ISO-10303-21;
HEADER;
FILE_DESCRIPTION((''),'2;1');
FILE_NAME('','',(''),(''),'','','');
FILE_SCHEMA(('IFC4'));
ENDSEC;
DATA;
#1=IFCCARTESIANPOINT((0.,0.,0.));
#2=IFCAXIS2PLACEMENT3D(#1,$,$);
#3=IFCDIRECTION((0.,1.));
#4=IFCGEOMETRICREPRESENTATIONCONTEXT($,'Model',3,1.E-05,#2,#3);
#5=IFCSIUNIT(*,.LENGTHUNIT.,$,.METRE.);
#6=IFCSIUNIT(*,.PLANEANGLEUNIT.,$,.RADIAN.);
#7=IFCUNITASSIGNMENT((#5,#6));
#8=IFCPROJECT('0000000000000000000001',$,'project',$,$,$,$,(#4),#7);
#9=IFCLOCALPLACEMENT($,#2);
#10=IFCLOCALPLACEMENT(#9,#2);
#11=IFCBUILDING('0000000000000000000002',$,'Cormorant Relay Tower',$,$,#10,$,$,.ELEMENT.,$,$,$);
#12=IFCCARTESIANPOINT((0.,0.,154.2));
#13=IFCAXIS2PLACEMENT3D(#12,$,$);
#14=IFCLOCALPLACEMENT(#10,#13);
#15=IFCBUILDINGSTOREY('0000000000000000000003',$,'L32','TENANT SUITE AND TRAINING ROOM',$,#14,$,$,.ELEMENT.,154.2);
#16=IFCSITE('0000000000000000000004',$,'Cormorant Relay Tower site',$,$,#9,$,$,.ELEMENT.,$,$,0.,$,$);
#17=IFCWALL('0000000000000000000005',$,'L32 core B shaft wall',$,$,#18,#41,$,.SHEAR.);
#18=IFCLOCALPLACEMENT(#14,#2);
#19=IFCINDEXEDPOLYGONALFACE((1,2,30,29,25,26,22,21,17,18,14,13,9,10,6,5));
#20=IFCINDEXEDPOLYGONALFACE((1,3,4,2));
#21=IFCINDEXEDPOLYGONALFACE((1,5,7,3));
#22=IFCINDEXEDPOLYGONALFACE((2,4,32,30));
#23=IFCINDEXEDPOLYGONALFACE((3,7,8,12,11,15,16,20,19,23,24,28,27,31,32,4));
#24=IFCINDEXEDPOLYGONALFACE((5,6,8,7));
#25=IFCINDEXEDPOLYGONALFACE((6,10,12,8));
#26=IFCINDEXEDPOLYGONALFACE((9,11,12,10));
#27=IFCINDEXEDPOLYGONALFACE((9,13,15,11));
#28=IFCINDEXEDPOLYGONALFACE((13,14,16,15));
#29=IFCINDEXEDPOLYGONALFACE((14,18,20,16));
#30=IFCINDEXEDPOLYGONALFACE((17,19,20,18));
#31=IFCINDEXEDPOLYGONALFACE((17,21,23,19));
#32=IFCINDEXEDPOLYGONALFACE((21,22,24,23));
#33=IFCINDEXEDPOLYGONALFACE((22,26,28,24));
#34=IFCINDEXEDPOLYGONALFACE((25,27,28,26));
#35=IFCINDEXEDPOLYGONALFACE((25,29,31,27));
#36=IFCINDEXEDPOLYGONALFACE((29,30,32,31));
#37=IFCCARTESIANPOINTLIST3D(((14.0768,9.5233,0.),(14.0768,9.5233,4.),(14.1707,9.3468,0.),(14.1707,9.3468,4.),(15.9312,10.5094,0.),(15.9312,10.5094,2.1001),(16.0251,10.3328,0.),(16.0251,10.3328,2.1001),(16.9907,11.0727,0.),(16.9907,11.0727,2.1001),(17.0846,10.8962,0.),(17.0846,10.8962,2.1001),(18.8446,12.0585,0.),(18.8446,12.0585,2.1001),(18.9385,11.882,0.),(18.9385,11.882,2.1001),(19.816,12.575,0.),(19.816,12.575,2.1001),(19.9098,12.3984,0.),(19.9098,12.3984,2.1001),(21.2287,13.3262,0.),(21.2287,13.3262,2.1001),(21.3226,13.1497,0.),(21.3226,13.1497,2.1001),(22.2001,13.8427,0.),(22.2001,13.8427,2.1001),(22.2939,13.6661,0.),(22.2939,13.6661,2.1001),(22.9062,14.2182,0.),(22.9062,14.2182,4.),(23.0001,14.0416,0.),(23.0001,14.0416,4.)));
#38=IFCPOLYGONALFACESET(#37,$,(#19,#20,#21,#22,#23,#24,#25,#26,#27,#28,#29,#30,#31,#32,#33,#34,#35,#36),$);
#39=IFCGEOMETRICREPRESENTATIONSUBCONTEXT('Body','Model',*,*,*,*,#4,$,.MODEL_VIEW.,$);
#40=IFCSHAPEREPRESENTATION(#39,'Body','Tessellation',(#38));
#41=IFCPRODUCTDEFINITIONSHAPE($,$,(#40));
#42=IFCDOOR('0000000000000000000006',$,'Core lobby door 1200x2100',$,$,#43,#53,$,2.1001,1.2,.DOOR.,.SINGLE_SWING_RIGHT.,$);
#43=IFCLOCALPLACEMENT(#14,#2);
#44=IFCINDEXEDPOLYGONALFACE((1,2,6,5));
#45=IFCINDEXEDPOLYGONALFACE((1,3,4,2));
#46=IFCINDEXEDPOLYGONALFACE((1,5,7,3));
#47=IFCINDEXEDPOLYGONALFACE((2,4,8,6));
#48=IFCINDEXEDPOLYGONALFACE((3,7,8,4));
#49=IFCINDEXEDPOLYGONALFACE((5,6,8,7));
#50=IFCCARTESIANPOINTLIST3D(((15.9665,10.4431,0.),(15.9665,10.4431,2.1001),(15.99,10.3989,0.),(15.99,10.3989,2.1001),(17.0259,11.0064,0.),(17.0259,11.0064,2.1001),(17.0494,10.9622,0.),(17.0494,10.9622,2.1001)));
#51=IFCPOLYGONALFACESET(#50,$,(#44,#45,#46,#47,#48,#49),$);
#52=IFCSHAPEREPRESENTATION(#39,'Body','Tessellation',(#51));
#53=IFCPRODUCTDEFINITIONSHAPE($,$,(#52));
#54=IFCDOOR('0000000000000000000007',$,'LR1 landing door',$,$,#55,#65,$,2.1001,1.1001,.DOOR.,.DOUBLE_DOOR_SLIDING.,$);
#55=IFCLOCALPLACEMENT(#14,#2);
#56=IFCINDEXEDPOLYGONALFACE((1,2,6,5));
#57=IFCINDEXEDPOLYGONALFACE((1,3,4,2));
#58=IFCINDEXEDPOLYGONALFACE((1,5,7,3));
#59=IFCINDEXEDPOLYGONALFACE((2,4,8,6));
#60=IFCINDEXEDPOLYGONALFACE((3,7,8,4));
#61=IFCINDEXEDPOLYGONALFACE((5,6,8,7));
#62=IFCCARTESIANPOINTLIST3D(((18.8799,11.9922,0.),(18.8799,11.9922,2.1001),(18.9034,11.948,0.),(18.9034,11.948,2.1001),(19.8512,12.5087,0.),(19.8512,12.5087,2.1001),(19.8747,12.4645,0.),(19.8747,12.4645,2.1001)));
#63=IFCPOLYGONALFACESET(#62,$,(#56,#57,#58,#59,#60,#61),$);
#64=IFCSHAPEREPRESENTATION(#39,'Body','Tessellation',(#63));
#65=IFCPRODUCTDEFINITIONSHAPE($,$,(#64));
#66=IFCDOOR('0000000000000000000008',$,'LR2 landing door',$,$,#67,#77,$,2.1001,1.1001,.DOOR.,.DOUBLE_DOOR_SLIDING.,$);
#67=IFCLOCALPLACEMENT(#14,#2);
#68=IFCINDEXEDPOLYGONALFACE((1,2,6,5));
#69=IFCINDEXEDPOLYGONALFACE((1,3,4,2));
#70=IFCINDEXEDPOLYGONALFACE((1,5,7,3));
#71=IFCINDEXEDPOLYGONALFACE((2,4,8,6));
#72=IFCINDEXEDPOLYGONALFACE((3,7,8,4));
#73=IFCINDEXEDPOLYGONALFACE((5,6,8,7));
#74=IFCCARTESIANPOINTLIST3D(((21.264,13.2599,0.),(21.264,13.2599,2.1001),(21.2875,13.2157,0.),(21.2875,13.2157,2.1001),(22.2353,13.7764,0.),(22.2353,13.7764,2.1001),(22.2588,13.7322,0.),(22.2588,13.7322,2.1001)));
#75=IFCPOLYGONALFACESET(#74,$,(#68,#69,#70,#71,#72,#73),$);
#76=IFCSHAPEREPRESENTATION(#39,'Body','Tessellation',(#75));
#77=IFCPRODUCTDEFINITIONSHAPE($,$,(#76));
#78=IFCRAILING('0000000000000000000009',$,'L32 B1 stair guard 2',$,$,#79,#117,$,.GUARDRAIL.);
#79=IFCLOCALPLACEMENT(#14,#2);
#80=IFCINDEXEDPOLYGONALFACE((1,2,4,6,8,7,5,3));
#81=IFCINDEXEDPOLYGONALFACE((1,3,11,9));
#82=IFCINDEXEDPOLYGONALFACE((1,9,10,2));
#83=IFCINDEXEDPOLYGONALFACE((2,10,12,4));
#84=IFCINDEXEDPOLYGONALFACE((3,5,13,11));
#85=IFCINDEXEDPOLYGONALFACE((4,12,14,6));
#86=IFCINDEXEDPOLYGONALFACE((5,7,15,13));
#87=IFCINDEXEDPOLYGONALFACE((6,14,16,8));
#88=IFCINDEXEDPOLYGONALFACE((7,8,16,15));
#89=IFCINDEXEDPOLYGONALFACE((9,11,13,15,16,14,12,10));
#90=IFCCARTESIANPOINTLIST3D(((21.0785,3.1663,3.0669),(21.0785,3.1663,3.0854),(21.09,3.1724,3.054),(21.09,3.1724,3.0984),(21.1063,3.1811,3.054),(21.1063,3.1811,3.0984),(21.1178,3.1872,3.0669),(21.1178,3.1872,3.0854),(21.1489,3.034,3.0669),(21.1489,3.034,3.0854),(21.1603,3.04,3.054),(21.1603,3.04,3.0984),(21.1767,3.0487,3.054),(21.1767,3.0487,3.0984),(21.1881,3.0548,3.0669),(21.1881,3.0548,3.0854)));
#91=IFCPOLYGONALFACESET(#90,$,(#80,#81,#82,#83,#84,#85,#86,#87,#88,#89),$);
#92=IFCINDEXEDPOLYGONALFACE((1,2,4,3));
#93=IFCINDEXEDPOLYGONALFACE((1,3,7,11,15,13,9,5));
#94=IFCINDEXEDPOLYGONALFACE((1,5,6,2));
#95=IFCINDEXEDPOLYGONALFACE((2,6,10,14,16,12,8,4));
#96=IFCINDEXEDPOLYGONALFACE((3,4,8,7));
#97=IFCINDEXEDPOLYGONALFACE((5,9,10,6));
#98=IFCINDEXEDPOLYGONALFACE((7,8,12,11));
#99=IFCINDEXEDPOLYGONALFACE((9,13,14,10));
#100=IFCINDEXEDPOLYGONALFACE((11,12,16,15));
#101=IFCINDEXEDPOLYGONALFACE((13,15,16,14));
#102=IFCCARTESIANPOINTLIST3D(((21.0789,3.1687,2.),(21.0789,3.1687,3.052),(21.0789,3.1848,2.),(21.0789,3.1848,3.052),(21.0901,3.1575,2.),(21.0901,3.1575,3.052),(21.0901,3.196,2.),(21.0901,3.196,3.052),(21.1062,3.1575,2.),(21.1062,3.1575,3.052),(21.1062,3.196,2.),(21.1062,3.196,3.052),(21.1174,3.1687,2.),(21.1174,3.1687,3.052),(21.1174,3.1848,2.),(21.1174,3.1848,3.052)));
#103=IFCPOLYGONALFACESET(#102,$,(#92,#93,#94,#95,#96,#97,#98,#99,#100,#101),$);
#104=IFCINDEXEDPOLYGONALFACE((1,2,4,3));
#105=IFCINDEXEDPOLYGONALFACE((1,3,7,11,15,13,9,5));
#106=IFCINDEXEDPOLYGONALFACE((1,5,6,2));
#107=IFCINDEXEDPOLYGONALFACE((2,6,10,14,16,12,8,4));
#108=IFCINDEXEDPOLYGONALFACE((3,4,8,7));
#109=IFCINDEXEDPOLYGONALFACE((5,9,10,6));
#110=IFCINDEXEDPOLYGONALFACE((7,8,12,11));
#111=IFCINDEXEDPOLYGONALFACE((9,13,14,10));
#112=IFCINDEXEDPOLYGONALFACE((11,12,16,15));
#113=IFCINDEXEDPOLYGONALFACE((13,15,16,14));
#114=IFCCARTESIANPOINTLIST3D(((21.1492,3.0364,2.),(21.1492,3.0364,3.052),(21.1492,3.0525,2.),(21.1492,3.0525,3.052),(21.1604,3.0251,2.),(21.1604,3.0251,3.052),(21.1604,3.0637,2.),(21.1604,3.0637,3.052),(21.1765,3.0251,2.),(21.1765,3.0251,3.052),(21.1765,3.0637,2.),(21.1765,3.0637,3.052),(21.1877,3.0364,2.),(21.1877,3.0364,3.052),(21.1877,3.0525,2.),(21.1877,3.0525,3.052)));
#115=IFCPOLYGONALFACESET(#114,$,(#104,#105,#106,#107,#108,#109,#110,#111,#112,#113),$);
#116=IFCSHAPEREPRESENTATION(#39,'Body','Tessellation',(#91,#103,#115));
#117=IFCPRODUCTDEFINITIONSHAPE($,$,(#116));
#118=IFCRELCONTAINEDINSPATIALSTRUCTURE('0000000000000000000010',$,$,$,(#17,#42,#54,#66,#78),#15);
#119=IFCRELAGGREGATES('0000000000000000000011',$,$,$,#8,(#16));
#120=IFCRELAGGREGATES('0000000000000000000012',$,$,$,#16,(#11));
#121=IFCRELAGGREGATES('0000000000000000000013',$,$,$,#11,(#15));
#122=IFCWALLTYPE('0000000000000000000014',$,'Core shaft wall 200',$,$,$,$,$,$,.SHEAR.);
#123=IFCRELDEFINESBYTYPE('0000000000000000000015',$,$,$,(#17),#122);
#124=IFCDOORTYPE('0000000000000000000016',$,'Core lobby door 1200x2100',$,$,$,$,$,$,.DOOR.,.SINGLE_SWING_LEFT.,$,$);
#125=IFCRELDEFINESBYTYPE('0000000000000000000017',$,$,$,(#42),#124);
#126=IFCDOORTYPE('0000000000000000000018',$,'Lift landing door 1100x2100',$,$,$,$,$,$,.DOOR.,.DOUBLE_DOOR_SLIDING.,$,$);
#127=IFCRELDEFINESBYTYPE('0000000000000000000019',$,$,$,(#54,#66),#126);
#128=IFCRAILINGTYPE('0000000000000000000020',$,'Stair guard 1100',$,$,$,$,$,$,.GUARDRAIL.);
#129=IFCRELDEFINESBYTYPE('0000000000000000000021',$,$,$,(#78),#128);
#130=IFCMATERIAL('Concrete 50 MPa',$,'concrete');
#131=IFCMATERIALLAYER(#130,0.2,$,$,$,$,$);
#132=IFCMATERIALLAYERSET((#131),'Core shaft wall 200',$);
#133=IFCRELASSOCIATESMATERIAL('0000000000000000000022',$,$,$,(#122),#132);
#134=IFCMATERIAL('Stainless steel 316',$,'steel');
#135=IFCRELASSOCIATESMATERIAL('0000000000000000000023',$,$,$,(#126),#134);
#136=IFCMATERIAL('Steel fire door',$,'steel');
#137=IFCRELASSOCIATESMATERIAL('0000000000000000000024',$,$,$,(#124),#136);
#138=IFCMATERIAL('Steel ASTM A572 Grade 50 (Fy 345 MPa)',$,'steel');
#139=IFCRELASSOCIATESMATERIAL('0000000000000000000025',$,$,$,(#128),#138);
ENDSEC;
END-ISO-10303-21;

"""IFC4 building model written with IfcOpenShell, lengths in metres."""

from ifc_helpers import new_model, si_unit, direction, frame, frame_2d, origin, place, context, subcontext, project, spatial, polyline, rectangle, outline, extrude, material, layer, layer_set, type_object, element, fill, save


model = new_model("IFC4")

# Units and contexts
model_context = context("Model", 3, precision=1e-05, world=origin(), true_north=direction((0.0, 1.0)))
body_context = subcontext(model_context, "Body", "Model", "MODEL_VIEW")
ifc_project = project(units=[si_unit("LENGTHUNIT", "METRE"), si_unit("PLANEANGLEUNIT", "RADIAN")], contexts=[model_context])

# Site, building, storey
site_placement = place(None, origin())
site = spatial("IfcSite", under=ifc_project, at=site_placement, Name="Cormorant Relay Tower site", CompositionType="ELEMENT", RefElevation=0.0)
building_placement = place(site_placement, origin())
building = spatial("IfcBuilding", under=site, at=building_placement, Name="Cormorant Relay Tower", CompositionType="ELEMENT")
storey_placement = place(building_placement, frame((0.0, 0.0, 154.2)))
storey = spatial("IfcBuildingStorey", under=building, at=storey_placement, Name="L32", Description="TENANT SUITE AND TRAINING ROOM", CompositionType="ELEMENT", Elevation=154.2)

# Shared definitions
ifc_material_1 = material(Name="Concrete 50 MPa", Category="concrete")
ifc_layer_1 = layer(ifc_material_1, 0.2)
ifc_layer_set_1 = layer_set([ifc_layer_1], Name="Core shaft wall 200")
wall_type = type_object("IfcWallType", Name="Core shaft wall 200", PredefinedType="SHEAR", material=ifc_layer_set_1)

# Wall, openings, doors
ifc_material_2 = material(Name="Stainless steel 316", Category="steel")
door_type_1 = type_object("IfcDoorType", Name="Lift landing door 1100x2100", OperationType="DOUBLE_DOOR_SLIDING", PredefinedType="DOOR", material=ifc_material_2)
wall_1_placement = place(storey_placement, frame((14.1238, 9.4351, 0.0), z_axis=(0.0, 0.0, 1.0), x_axis=(0.88294, 0.469485, 0.0)))
wall_1 = element("IfcWall", 1, at=wall_1_placement, inside=storey, type_object=wall_type, Name="L32 core B shaft wall", PredefinedType="SHEAR", context=body_context, shape_type="SweptSolid", body=[
    extrude(rectangle(XDim=10.0, YDim=0.2, at=frame_2d((5.0, 0.0))), origin(), (0.0, 0.0, 1.0), 4.0),
])
opening_1_placement = place(wall_1_placement, frame((2.1001, 0.0, 0.0)))
opening_1 = element("IfcOpeningElement", 2, at=opening_1_placement, cuts=wall_1, PredefinedType="OPENING", context=body_context, shape_type="SweptSolid", body=[
    extrude(rectangle(XDim=1.2, YDim=2.1001, at=frame_2d((0.6001, 1.05))), frame((0.0, 0.1099, 0.0), z_axis=(0.0, -1.0, 0.0), x_axis=(1.0, 0.0, 0.0)), (0.0, 0.0, 1.0), 0.22),
])
opening_2_placement = place(wall_1_placement, frame((5.3999, 0.0, 0.0)))
opening_2 = element("IfcOpeningElement", 3, at=opening_2_placement, cuts=wall_1, PredefinedType="OPENING", context=body_context, shape_type="SweptSolid", body=[
    extrude(rectangle(XDim=1.1001, YDim=2.1001, at=frame_2d((0.55, 1.05))), frame((0.0, 0.1099, 0.0), z_axis=(0.0, -1.0, 0.0), x_axis=(1.0, 0.0, 0.0)), (0.0, 0.0, 1.0), 0.22),
])
opening_3_placement = place(wall_1_placement, frame((8.1001, 0.0, 0.0)))
opening_3 = element("IfcOpeningElement", 4, at=opening_3_placement, cuts=wall_1, PredefinedType="OPENING", context=body_context, shape_type="SweptSolid", body=[
    extrude(rectangle(XDim=1.1001, YDim=2.1001, at=frame_2d((0.55, 1.05))), frame((0.0, 0.1099, 0.0), z_axis=(0.0, -1.0, 0.0), x_axis=(1.0, 0.0, 0.0)), (0.0, 0.0, 1.0), 0.22),
])
ifc_material_3 = material(Name="Steel fire door", Category="steel")
door_type_2 = type_object("IfcDoorType", Name="Core lobby door 1200x2100", OperationType="SINGLE_SWING_LEFT", PredefinedType="DOOR", material=ifc_material_3)
door_1_placement = place(opening_1_placement, origin())
door_1 = element("IfcDoor", 5, at=door_1_placement, inside=storey, type_object=door_type_2, Name="Core lobby door 1200x2100", OperationType="SINGLE_SWING_RIGHT", OverallHeight=2.1001, OverallWidth=1.2, PredefinedType="DOOR", context=body_context, shape_type="SweptSolid", body=[
    extrude(rectangle(XDim=1.2, YDim=2.1001, at=frame_2d((0.6001, 1.05))), frame((0.0, 0.0249, 0.0), z_axis=(0.0, -1.0, 0.0), x_axis=(1.0, 0.0, 0.0)), (0.0, 0.0, 1.0), 0.05),
])
fill(opening_1, door_1)
door_2_placement = place(opening_2_placement, origin())
door_2 = element("IfcDoor", 6, at=door_2_placement, inside=storey, type_object=door_type_1, Name="LR1 landing door", OperationType="DOUBLE_DOOR_SLIDING", OverallHeight=2.1001, OverallWidth=1.1001, PredefinedType="DOOR", context=body_context, shape_type="SweptSolid", body=[
    extrude(rectangle(XDim=1.1001, YDim=2.1001, at=frame_2d((0.55, 1.05))), frame((0.0, 0.0249, 0.0), z_axis=(0.0, -1.0, 0.0), x_axis=(1.0, 0.0, 0.0)), (0.0, 0.0, 1.0), 0.05),
])
fill(opening_2, door_2)
door_3_placement = place(opening_3_placement, origin())
door_3 = element("IfcDoor", 7, at=door_3_placement, inside=storey, type_object=door_type_1, Name="LR2 landing door", OperationType="DOUBLE_DOOR_SLIDING", OverallHeight=2.1001, OverallWidth=1.1001, PredefinedType="DOOR", context=body_context, shape_type="SweptSolid", body=[
    extrude(rectangle(XDim=1.1001, YDim=2.1001, at=frame_2d((0.55, 1.05))), frame((0.0, 0.0249, 0.0), z_axis=(0.0, -1.0, 0.0), x_axis=(1.0, 0.0, 0.0)), (0.0, 0.0, 1.0), 0.05),
])
fill(opening_3, door_3)

# Railing
ifc_material_4 = material(Name="Steel ASTM A572 Grade 50 (Fy 345 MPa)", Category="steel")
railing_type = type_object("IfcRailingType", Name="Stair guard 1100", PredefinedType="GUARDRAIL", material=ifc_material_4)
railing_placement = place(storey_placement, frame((21.0981, 3.1768, 2.0)))
element("IfcRailing", 8, at=railing_placement, inside=storey, type_object=railing_type, Name="L32 B1 stair guard 2", PredefinedType="GUARDRAIL", context=body_context, shape_type="SweptSolid", body=[
    extrude(outline(polyline([(0.0222, 0.0093), (0.0093, 0.0222), (-0.0093, 0.0222), (-0.0222, 0.0093), (-0.0222, -0.0093), (-0.0093, -0.0222), (0.0093, -0.0222), (0.0222, -0.0093), (0.0222, 0.0093)])), frame((0.0, 0.0, 1.0762), z_axis=(0.469235, -0.883074, 0.0), x_axis=(0.883074, 0.469235, 0.0)), (0.0, 0.0, 1.0), 0.1499),
    extrude(outline(polyline([(0.0193, 0.0081), (0.0081, 0.0193), (-0.0081, 0.0193), (-0.0193, 0.0081), (-0.0193, -0.0081), (-0.0081, -0.0193), (0.0081, -0.0193), (0.0193, -0.0081), (0.0193, 0.0081)])), origin(), (0.0, 0.0, 1.0), 1.052),
    extrude(outline(polyline([(0.0193, 0.0081), (0.0081, 0.0193), (-0.0081, 0.0193), (-0.0193, 0.0081), (-0.0193, -0.0081), (-0.0081, -0.0193), (0.0081, -0.0193), (0.0193, -0.0081), (0.0193, 0.0081)])), frame((0.0703, -0.1323, 0.0)), (0.0, 0.0, 1.0), 1.052),
])

save(model, "model.ifc")
